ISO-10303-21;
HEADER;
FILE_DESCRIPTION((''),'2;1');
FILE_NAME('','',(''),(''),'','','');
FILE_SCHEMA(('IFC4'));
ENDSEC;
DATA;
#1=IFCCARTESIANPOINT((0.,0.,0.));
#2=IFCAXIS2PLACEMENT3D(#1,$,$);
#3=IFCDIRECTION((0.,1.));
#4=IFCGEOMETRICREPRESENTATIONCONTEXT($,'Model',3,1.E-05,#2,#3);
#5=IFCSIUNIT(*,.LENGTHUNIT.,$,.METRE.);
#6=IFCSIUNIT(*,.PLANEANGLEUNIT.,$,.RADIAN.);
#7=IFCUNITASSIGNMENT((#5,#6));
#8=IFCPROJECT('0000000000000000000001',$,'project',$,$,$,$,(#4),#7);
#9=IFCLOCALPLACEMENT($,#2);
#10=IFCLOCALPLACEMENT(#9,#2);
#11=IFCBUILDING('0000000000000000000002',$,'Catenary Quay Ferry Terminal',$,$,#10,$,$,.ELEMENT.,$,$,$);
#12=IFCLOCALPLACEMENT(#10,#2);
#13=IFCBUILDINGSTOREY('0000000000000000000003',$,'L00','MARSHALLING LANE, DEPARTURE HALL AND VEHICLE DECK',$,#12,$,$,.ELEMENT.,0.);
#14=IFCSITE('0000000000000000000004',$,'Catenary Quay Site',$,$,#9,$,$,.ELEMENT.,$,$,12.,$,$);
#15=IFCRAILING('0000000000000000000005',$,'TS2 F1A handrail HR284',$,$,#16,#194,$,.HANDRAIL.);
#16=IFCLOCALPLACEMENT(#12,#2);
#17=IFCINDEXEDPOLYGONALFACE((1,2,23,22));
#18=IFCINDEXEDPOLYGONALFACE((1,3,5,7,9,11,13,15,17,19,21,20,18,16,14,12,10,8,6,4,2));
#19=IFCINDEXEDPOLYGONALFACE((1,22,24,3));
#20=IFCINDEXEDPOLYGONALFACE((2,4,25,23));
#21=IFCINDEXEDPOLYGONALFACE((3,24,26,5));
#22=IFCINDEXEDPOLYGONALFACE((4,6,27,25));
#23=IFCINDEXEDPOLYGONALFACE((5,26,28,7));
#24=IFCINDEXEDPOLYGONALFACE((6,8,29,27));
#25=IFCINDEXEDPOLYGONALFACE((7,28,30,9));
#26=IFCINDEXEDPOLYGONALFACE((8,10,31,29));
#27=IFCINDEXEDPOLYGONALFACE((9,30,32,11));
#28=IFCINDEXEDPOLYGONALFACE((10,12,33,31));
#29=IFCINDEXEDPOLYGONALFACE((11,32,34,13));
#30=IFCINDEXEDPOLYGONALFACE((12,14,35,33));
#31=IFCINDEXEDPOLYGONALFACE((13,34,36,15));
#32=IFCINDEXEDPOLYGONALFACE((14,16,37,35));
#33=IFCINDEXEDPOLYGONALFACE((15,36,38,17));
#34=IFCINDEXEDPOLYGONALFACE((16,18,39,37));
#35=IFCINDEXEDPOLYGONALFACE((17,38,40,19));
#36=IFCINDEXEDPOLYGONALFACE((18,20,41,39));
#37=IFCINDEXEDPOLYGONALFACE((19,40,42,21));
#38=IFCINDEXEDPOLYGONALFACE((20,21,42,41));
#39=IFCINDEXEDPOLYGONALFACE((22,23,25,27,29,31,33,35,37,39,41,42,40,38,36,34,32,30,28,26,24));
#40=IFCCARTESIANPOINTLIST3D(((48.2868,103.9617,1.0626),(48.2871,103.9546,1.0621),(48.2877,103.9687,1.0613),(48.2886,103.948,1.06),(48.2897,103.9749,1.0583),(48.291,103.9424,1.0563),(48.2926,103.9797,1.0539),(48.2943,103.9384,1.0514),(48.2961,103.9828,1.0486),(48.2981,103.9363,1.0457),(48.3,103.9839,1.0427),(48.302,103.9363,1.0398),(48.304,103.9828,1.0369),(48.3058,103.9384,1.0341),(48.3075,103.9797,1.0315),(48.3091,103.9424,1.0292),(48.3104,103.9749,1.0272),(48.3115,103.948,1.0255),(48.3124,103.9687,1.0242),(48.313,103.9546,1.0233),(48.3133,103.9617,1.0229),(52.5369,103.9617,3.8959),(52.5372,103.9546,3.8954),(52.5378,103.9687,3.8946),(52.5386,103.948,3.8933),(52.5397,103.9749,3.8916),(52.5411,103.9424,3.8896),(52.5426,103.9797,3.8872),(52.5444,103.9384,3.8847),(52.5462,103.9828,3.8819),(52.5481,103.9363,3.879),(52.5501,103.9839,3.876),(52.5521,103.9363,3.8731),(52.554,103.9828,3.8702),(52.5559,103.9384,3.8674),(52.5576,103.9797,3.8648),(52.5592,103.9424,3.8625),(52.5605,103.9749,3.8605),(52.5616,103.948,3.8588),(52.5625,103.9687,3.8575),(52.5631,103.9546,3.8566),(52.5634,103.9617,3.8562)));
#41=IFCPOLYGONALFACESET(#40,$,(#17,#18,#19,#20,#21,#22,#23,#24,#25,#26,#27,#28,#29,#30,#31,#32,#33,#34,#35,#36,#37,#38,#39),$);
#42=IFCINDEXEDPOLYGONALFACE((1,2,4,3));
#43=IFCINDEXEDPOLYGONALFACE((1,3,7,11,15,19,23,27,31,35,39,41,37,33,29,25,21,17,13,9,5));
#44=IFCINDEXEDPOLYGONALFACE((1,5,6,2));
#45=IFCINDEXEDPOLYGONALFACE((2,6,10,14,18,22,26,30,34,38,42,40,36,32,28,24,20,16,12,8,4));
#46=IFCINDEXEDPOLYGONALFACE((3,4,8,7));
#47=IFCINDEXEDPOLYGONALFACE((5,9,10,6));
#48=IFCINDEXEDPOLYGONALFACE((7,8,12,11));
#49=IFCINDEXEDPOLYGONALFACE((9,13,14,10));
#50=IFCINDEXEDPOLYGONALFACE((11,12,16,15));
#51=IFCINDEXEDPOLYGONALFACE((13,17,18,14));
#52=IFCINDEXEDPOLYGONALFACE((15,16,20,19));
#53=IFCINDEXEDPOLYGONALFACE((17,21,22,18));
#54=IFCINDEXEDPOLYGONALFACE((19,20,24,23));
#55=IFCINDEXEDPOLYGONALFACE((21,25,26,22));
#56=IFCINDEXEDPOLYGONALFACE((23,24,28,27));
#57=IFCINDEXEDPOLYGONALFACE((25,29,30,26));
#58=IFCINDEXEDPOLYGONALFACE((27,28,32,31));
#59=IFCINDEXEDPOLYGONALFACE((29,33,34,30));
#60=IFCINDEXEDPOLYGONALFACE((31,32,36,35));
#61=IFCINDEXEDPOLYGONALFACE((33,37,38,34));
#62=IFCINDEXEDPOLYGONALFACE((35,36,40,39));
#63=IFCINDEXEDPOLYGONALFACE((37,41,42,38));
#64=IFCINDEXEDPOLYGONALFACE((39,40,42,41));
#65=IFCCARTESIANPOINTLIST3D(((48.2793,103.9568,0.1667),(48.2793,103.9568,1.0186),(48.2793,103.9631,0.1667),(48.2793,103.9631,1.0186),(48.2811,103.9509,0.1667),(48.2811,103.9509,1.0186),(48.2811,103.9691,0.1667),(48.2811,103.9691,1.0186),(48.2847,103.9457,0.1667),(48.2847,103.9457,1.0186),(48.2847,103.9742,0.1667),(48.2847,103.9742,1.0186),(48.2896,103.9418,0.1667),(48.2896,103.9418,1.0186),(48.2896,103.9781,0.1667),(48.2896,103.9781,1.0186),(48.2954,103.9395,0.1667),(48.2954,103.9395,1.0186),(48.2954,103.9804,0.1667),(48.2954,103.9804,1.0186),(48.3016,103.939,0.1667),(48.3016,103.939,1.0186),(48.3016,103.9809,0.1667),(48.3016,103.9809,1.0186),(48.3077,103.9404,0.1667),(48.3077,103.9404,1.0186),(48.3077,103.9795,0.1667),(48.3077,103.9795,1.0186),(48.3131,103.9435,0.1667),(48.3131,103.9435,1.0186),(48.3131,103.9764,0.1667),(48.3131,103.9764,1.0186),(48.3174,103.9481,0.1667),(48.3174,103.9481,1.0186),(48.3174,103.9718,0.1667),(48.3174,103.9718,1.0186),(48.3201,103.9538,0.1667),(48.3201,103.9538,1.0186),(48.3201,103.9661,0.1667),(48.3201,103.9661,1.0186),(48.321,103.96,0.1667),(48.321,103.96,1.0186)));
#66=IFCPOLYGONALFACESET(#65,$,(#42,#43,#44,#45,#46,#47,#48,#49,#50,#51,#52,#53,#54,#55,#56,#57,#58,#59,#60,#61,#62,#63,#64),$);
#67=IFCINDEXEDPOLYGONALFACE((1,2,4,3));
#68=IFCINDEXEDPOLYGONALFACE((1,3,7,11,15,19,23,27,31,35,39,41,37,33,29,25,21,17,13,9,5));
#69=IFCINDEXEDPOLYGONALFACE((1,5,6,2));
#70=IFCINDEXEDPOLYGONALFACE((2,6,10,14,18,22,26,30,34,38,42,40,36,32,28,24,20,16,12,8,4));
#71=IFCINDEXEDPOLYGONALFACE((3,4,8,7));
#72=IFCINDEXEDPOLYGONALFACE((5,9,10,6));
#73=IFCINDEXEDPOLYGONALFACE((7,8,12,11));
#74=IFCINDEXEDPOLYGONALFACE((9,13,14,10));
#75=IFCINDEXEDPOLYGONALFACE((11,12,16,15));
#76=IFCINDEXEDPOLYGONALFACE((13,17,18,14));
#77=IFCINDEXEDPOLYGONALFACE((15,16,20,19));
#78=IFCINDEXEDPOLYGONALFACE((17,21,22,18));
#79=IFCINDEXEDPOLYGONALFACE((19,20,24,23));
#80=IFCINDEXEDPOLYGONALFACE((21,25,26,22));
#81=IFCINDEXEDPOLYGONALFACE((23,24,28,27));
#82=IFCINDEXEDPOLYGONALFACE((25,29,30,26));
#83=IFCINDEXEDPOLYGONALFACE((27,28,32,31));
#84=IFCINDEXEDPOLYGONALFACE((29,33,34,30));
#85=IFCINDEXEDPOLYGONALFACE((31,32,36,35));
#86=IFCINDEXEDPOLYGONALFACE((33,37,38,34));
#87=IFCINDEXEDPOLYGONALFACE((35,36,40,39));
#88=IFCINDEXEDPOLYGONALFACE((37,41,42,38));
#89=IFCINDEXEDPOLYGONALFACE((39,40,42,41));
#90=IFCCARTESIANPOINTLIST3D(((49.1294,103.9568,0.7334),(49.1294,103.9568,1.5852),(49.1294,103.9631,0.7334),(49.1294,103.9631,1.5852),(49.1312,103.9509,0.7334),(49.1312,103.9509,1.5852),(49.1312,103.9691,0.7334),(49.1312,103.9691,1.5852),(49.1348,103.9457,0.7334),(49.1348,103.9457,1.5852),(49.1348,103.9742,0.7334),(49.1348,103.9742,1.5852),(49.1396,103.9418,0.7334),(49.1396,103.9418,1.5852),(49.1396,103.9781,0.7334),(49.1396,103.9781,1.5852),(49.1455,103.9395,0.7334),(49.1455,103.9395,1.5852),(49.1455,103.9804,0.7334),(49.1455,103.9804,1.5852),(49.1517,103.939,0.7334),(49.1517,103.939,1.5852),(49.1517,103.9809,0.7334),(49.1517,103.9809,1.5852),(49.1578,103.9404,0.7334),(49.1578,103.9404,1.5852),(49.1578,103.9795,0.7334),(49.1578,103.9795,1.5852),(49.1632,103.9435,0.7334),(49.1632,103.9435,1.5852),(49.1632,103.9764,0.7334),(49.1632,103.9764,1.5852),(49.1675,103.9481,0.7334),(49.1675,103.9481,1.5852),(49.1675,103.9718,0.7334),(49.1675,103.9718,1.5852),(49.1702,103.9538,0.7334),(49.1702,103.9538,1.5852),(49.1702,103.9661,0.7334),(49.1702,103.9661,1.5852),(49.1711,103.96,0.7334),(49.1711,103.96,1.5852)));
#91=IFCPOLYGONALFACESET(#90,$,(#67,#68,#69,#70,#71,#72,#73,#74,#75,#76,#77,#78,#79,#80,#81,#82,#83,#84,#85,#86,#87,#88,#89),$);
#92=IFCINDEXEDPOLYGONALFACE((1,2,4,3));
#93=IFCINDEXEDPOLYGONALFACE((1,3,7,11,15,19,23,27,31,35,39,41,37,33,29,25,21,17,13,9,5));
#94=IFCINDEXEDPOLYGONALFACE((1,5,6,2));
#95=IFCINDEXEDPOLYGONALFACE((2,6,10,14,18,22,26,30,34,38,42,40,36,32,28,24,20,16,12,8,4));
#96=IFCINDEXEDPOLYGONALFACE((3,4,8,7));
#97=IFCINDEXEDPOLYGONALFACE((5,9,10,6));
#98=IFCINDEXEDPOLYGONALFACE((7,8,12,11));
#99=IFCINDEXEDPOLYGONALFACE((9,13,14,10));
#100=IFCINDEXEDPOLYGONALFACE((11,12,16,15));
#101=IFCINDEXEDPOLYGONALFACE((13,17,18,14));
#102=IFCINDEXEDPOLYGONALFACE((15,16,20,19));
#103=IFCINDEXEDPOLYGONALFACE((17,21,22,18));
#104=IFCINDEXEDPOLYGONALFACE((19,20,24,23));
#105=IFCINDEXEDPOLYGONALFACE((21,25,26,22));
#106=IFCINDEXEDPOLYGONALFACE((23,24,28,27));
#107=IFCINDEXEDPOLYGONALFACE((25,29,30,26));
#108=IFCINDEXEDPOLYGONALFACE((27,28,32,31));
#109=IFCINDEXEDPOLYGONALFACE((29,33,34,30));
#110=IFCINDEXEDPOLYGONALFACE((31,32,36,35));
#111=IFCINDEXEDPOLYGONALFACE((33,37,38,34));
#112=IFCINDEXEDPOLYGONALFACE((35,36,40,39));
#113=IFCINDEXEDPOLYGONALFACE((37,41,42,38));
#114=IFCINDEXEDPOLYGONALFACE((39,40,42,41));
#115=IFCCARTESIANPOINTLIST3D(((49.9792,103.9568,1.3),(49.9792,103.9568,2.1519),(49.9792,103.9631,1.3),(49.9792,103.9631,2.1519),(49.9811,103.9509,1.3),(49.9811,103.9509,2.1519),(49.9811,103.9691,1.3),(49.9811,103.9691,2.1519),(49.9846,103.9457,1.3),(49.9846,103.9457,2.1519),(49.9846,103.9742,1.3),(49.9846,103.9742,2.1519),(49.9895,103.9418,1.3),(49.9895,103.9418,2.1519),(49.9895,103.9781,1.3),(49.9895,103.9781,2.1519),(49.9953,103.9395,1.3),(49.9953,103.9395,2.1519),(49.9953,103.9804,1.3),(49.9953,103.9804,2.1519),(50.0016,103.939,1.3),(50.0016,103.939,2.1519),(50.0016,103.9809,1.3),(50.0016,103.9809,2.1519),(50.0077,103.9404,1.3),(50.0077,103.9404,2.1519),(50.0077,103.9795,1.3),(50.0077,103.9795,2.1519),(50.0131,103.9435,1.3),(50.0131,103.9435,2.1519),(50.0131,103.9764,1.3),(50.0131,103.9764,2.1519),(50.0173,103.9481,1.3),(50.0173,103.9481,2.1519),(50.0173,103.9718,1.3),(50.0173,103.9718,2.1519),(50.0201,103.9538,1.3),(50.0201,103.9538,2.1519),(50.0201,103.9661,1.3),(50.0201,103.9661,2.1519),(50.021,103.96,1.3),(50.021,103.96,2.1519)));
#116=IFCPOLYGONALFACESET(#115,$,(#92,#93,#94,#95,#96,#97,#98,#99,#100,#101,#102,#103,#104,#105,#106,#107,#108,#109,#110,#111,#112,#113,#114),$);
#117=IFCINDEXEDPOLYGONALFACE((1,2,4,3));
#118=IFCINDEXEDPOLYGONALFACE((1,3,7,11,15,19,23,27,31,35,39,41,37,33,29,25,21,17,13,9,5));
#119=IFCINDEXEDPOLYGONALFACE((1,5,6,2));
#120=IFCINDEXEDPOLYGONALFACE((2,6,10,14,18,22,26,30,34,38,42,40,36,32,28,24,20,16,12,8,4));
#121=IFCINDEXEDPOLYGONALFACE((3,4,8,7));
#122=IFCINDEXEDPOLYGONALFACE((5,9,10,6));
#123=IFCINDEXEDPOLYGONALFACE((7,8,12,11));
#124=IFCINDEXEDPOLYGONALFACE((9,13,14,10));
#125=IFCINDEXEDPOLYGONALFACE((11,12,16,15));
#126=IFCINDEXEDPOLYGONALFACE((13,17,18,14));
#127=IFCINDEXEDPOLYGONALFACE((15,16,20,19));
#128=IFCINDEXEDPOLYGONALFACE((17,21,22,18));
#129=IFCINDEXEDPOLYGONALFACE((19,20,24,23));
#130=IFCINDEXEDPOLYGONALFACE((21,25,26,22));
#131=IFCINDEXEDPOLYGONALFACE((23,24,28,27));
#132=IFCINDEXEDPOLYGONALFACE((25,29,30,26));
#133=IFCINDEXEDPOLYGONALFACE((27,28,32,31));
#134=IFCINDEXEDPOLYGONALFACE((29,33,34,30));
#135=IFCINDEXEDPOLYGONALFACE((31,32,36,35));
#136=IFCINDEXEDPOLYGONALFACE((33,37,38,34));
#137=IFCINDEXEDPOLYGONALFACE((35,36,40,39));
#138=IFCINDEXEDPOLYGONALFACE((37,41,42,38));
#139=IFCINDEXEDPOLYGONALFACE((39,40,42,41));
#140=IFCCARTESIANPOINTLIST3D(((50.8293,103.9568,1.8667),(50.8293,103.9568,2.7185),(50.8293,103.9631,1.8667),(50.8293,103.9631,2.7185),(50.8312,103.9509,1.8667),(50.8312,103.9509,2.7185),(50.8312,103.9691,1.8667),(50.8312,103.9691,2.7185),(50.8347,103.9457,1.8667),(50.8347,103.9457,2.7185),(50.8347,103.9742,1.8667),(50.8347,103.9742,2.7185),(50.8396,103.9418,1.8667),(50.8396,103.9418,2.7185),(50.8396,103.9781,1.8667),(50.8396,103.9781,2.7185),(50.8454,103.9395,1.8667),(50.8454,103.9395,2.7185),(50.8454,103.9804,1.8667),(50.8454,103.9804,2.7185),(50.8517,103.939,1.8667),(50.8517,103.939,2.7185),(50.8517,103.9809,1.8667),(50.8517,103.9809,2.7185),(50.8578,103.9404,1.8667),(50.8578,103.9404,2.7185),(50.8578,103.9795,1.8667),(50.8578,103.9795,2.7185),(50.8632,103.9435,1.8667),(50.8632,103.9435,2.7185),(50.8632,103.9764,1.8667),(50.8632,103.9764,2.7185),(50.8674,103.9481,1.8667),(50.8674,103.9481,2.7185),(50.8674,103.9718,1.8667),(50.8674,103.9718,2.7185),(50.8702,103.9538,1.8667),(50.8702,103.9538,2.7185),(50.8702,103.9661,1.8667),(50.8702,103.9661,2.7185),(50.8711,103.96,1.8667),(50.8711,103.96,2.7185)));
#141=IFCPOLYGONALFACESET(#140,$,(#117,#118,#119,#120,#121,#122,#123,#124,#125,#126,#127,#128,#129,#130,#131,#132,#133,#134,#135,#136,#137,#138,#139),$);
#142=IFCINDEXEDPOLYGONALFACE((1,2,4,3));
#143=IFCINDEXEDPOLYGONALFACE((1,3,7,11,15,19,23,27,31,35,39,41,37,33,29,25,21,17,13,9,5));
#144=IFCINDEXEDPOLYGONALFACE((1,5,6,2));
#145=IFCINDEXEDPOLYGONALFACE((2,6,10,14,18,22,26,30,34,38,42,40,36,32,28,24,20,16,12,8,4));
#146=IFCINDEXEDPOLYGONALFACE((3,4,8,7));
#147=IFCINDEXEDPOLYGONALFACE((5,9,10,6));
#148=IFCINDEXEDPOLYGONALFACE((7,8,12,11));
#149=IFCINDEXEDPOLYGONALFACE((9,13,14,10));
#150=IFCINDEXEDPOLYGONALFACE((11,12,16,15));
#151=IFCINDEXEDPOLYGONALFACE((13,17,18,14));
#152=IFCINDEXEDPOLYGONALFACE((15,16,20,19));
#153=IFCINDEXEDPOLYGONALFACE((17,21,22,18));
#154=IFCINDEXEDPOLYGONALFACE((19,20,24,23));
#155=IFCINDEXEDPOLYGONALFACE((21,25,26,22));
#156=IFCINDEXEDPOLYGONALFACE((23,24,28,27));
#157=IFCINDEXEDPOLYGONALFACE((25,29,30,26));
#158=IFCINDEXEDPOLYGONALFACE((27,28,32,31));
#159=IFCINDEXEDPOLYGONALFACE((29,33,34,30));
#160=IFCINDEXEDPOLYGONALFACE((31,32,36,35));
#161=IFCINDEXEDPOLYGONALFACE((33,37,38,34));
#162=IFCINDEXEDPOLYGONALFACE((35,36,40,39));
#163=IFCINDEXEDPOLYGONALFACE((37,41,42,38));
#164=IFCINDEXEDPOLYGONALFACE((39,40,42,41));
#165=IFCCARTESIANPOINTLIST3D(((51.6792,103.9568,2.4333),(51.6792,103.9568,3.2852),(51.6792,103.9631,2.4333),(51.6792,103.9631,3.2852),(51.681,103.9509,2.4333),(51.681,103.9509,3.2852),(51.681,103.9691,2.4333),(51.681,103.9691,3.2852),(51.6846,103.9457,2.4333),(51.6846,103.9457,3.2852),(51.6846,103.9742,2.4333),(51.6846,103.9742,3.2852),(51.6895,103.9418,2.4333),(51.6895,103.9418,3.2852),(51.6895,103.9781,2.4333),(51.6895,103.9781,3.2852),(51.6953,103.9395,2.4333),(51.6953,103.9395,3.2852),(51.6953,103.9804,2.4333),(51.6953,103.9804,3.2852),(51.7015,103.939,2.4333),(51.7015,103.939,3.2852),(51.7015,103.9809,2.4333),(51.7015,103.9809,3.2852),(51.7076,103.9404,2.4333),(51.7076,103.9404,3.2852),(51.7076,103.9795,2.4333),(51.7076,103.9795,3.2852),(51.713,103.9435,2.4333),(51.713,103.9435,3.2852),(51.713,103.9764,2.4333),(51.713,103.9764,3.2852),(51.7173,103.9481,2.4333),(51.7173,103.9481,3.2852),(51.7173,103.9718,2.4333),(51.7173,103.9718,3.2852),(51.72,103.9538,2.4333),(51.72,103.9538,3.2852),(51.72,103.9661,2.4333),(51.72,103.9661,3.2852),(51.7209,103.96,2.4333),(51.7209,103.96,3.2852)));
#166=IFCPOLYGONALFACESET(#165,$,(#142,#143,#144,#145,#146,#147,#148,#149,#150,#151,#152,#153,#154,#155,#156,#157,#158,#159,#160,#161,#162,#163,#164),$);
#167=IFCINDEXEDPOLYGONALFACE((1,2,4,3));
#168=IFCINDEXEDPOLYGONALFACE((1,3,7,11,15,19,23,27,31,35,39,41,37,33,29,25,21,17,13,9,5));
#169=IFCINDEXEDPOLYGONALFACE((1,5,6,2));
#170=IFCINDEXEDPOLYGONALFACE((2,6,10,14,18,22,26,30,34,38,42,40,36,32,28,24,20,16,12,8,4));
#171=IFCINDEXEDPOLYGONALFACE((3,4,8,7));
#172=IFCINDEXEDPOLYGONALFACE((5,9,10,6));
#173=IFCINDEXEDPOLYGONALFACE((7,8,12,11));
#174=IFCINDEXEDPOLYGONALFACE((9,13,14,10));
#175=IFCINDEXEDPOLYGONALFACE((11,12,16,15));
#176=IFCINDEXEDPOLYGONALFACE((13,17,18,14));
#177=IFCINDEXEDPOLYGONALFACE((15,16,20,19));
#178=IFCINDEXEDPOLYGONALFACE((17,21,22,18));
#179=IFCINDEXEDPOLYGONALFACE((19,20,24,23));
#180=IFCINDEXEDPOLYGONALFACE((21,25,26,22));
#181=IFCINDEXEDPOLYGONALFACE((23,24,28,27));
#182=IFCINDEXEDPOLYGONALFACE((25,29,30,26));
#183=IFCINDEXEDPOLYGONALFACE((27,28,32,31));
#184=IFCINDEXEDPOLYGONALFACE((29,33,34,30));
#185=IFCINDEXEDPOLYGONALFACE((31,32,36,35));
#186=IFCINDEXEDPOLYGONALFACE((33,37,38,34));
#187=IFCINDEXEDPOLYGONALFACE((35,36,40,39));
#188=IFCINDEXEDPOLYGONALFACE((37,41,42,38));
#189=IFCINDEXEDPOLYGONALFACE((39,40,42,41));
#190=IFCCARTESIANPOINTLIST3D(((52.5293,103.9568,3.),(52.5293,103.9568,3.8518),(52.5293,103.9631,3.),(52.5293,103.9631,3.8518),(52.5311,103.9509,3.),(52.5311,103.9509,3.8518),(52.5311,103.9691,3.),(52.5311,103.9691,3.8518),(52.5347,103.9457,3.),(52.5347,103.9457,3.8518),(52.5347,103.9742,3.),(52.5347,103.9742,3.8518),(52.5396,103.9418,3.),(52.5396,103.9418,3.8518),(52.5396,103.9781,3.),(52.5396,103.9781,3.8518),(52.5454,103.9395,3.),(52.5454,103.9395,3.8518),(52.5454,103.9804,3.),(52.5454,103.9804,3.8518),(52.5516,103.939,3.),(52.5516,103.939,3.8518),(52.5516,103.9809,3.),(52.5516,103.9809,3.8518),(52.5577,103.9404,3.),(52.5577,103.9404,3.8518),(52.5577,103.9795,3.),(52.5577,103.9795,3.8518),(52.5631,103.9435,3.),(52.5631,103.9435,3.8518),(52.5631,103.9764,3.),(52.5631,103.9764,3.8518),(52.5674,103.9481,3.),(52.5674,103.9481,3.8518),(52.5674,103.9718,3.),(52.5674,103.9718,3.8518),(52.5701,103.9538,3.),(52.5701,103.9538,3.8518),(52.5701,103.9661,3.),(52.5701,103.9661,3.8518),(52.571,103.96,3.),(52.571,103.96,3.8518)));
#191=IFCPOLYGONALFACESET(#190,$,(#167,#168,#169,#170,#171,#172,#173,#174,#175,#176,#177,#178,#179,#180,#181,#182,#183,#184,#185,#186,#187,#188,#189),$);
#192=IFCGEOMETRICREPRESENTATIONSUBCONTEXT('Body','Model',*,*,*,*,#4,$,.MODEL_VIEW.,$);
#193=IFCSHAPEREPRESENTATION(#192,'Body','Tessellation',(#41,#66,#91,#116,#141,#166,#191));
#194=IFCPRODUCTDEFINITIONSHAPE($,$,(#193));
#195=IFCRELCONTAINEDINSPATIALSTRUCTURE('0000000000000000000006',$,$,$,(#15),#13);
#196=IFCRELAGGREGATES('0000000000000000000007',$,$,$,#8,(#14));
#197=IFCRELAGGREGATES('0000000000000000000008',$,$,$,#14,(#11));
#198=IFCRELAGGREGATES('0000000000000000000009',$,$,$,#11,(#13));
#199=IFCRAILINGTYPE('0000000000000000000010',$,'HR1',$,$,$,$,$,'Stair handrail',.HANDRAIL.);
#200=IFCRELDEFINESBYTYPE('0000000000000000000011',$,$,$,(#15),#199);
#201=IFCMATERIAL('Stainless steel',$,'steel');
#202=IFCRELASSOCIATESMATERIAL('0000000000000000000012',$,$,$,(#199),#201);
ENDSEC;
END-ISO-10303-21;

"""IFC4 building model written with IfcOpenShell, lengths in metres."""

from ifc_helpers import new_model, si_unit, direction, frame, origin, origin_2d, place, context, subcontext, project, spatial, circle, extrude, material, type_object, element, save


model = new_model("IFC4")

# Units and contexts
model_context = context("Model", 3, precision=1e-05, world=origin(), true_north=direction((0.0, 1.0)))
body_context = subcontext(model_context, "Body", "Model", "MODEL_VIEW")
ifc_project = project(units=[si_unit("LENGTHUNIT", "METRE"), si_unit("PLANEANGLEUNIT", "RADIAN")], contexts=[model_context])

# Site, building, storey
site_placement = place(None, origin())
site = spatial("IfcSite", under=ifc_project, at=site_placement, Name="Catenary Quay Site", CompositionType="ELEMENT", RefElevation=12.0)
building_placement = place(site_placement, origin())
building = spatial("IfcBuilding", under=site, at=building_placement, Name="Catenary Quay Ferry Terminal", CompositionType="ELEMENT")
storey_placement = place(building_placement, origin())
storey = spatial("IfcBuildingStorey", under=building, at=storey_placement, Name="L00", Description="MARSHALLING LANE, DEPARTURE HALL AND VEHICLE DECK", CompositionType="ELEMENT", Elevation=0.0)

# Railing
ifc_material_1 = material(Name="Stainless steel", Category="steel")
railing_type = type_object("IfcRailingType", Name="HR1", ElementType="Stair handrail", PredefinedType="HANDRAIL", material=ifc_material_1)
for number, where, name in (
    (1, (48.3, 103.96, 0.1667), "TS2 F1A handrail HR284"),
):
    element("IfcRailing", number, at=place(storey_placement, frame(where)), inside=storey, type_object=railing_type, Name=name, PredefinedType="HANDRAIL", context=body_context, shape_type="SweptSolid", body=[
        extrude(circle(Radius=0.0239, at=origin_2d()), frame((0.0, 0.0, 0.876), z_axis=(0.832058, 0.0, 0.554689), x_axis=(0.0, 1.0, 0.0)), (0.0, 0.0, 1.0), 5.1079),
        extrude(circle(Radius=0.021, at=origin_2d()), origin(), (0.0, 0.0, 1.0), 0.8518),
        extrude(circle(Radius=0.021, at=origin_2d()), frame((0.8501, 0.0, 0.5667)), (0.0, 0.0, 1.0), 0.8518),
        extrude(circle(Radius=0.021, at=origin_2d()), frame((1.7, 0.0, 1.1333)), (0.0, 0.0, 1.0), 0.8518),
        extrude(circle(Radius=0.021, at=origin_2d()), frame((2.55, 0.0, 1.7)), (0.0, 0.0, 1.0), 0.8518),
        extrude(circle(Radius=0.021, at=origin_2d()), frame((3.3999, 0.0, 2.2666)), (0.0, 0.0, 1.0), 0.8518),
        extrude(circle(Radius=0.021, at=origin_2d()), frame((4.25, 0.0, 2.8333)), (0.0, 0.0, 1.0), 0.8518),
    ])

save(model, "model.ifc")
